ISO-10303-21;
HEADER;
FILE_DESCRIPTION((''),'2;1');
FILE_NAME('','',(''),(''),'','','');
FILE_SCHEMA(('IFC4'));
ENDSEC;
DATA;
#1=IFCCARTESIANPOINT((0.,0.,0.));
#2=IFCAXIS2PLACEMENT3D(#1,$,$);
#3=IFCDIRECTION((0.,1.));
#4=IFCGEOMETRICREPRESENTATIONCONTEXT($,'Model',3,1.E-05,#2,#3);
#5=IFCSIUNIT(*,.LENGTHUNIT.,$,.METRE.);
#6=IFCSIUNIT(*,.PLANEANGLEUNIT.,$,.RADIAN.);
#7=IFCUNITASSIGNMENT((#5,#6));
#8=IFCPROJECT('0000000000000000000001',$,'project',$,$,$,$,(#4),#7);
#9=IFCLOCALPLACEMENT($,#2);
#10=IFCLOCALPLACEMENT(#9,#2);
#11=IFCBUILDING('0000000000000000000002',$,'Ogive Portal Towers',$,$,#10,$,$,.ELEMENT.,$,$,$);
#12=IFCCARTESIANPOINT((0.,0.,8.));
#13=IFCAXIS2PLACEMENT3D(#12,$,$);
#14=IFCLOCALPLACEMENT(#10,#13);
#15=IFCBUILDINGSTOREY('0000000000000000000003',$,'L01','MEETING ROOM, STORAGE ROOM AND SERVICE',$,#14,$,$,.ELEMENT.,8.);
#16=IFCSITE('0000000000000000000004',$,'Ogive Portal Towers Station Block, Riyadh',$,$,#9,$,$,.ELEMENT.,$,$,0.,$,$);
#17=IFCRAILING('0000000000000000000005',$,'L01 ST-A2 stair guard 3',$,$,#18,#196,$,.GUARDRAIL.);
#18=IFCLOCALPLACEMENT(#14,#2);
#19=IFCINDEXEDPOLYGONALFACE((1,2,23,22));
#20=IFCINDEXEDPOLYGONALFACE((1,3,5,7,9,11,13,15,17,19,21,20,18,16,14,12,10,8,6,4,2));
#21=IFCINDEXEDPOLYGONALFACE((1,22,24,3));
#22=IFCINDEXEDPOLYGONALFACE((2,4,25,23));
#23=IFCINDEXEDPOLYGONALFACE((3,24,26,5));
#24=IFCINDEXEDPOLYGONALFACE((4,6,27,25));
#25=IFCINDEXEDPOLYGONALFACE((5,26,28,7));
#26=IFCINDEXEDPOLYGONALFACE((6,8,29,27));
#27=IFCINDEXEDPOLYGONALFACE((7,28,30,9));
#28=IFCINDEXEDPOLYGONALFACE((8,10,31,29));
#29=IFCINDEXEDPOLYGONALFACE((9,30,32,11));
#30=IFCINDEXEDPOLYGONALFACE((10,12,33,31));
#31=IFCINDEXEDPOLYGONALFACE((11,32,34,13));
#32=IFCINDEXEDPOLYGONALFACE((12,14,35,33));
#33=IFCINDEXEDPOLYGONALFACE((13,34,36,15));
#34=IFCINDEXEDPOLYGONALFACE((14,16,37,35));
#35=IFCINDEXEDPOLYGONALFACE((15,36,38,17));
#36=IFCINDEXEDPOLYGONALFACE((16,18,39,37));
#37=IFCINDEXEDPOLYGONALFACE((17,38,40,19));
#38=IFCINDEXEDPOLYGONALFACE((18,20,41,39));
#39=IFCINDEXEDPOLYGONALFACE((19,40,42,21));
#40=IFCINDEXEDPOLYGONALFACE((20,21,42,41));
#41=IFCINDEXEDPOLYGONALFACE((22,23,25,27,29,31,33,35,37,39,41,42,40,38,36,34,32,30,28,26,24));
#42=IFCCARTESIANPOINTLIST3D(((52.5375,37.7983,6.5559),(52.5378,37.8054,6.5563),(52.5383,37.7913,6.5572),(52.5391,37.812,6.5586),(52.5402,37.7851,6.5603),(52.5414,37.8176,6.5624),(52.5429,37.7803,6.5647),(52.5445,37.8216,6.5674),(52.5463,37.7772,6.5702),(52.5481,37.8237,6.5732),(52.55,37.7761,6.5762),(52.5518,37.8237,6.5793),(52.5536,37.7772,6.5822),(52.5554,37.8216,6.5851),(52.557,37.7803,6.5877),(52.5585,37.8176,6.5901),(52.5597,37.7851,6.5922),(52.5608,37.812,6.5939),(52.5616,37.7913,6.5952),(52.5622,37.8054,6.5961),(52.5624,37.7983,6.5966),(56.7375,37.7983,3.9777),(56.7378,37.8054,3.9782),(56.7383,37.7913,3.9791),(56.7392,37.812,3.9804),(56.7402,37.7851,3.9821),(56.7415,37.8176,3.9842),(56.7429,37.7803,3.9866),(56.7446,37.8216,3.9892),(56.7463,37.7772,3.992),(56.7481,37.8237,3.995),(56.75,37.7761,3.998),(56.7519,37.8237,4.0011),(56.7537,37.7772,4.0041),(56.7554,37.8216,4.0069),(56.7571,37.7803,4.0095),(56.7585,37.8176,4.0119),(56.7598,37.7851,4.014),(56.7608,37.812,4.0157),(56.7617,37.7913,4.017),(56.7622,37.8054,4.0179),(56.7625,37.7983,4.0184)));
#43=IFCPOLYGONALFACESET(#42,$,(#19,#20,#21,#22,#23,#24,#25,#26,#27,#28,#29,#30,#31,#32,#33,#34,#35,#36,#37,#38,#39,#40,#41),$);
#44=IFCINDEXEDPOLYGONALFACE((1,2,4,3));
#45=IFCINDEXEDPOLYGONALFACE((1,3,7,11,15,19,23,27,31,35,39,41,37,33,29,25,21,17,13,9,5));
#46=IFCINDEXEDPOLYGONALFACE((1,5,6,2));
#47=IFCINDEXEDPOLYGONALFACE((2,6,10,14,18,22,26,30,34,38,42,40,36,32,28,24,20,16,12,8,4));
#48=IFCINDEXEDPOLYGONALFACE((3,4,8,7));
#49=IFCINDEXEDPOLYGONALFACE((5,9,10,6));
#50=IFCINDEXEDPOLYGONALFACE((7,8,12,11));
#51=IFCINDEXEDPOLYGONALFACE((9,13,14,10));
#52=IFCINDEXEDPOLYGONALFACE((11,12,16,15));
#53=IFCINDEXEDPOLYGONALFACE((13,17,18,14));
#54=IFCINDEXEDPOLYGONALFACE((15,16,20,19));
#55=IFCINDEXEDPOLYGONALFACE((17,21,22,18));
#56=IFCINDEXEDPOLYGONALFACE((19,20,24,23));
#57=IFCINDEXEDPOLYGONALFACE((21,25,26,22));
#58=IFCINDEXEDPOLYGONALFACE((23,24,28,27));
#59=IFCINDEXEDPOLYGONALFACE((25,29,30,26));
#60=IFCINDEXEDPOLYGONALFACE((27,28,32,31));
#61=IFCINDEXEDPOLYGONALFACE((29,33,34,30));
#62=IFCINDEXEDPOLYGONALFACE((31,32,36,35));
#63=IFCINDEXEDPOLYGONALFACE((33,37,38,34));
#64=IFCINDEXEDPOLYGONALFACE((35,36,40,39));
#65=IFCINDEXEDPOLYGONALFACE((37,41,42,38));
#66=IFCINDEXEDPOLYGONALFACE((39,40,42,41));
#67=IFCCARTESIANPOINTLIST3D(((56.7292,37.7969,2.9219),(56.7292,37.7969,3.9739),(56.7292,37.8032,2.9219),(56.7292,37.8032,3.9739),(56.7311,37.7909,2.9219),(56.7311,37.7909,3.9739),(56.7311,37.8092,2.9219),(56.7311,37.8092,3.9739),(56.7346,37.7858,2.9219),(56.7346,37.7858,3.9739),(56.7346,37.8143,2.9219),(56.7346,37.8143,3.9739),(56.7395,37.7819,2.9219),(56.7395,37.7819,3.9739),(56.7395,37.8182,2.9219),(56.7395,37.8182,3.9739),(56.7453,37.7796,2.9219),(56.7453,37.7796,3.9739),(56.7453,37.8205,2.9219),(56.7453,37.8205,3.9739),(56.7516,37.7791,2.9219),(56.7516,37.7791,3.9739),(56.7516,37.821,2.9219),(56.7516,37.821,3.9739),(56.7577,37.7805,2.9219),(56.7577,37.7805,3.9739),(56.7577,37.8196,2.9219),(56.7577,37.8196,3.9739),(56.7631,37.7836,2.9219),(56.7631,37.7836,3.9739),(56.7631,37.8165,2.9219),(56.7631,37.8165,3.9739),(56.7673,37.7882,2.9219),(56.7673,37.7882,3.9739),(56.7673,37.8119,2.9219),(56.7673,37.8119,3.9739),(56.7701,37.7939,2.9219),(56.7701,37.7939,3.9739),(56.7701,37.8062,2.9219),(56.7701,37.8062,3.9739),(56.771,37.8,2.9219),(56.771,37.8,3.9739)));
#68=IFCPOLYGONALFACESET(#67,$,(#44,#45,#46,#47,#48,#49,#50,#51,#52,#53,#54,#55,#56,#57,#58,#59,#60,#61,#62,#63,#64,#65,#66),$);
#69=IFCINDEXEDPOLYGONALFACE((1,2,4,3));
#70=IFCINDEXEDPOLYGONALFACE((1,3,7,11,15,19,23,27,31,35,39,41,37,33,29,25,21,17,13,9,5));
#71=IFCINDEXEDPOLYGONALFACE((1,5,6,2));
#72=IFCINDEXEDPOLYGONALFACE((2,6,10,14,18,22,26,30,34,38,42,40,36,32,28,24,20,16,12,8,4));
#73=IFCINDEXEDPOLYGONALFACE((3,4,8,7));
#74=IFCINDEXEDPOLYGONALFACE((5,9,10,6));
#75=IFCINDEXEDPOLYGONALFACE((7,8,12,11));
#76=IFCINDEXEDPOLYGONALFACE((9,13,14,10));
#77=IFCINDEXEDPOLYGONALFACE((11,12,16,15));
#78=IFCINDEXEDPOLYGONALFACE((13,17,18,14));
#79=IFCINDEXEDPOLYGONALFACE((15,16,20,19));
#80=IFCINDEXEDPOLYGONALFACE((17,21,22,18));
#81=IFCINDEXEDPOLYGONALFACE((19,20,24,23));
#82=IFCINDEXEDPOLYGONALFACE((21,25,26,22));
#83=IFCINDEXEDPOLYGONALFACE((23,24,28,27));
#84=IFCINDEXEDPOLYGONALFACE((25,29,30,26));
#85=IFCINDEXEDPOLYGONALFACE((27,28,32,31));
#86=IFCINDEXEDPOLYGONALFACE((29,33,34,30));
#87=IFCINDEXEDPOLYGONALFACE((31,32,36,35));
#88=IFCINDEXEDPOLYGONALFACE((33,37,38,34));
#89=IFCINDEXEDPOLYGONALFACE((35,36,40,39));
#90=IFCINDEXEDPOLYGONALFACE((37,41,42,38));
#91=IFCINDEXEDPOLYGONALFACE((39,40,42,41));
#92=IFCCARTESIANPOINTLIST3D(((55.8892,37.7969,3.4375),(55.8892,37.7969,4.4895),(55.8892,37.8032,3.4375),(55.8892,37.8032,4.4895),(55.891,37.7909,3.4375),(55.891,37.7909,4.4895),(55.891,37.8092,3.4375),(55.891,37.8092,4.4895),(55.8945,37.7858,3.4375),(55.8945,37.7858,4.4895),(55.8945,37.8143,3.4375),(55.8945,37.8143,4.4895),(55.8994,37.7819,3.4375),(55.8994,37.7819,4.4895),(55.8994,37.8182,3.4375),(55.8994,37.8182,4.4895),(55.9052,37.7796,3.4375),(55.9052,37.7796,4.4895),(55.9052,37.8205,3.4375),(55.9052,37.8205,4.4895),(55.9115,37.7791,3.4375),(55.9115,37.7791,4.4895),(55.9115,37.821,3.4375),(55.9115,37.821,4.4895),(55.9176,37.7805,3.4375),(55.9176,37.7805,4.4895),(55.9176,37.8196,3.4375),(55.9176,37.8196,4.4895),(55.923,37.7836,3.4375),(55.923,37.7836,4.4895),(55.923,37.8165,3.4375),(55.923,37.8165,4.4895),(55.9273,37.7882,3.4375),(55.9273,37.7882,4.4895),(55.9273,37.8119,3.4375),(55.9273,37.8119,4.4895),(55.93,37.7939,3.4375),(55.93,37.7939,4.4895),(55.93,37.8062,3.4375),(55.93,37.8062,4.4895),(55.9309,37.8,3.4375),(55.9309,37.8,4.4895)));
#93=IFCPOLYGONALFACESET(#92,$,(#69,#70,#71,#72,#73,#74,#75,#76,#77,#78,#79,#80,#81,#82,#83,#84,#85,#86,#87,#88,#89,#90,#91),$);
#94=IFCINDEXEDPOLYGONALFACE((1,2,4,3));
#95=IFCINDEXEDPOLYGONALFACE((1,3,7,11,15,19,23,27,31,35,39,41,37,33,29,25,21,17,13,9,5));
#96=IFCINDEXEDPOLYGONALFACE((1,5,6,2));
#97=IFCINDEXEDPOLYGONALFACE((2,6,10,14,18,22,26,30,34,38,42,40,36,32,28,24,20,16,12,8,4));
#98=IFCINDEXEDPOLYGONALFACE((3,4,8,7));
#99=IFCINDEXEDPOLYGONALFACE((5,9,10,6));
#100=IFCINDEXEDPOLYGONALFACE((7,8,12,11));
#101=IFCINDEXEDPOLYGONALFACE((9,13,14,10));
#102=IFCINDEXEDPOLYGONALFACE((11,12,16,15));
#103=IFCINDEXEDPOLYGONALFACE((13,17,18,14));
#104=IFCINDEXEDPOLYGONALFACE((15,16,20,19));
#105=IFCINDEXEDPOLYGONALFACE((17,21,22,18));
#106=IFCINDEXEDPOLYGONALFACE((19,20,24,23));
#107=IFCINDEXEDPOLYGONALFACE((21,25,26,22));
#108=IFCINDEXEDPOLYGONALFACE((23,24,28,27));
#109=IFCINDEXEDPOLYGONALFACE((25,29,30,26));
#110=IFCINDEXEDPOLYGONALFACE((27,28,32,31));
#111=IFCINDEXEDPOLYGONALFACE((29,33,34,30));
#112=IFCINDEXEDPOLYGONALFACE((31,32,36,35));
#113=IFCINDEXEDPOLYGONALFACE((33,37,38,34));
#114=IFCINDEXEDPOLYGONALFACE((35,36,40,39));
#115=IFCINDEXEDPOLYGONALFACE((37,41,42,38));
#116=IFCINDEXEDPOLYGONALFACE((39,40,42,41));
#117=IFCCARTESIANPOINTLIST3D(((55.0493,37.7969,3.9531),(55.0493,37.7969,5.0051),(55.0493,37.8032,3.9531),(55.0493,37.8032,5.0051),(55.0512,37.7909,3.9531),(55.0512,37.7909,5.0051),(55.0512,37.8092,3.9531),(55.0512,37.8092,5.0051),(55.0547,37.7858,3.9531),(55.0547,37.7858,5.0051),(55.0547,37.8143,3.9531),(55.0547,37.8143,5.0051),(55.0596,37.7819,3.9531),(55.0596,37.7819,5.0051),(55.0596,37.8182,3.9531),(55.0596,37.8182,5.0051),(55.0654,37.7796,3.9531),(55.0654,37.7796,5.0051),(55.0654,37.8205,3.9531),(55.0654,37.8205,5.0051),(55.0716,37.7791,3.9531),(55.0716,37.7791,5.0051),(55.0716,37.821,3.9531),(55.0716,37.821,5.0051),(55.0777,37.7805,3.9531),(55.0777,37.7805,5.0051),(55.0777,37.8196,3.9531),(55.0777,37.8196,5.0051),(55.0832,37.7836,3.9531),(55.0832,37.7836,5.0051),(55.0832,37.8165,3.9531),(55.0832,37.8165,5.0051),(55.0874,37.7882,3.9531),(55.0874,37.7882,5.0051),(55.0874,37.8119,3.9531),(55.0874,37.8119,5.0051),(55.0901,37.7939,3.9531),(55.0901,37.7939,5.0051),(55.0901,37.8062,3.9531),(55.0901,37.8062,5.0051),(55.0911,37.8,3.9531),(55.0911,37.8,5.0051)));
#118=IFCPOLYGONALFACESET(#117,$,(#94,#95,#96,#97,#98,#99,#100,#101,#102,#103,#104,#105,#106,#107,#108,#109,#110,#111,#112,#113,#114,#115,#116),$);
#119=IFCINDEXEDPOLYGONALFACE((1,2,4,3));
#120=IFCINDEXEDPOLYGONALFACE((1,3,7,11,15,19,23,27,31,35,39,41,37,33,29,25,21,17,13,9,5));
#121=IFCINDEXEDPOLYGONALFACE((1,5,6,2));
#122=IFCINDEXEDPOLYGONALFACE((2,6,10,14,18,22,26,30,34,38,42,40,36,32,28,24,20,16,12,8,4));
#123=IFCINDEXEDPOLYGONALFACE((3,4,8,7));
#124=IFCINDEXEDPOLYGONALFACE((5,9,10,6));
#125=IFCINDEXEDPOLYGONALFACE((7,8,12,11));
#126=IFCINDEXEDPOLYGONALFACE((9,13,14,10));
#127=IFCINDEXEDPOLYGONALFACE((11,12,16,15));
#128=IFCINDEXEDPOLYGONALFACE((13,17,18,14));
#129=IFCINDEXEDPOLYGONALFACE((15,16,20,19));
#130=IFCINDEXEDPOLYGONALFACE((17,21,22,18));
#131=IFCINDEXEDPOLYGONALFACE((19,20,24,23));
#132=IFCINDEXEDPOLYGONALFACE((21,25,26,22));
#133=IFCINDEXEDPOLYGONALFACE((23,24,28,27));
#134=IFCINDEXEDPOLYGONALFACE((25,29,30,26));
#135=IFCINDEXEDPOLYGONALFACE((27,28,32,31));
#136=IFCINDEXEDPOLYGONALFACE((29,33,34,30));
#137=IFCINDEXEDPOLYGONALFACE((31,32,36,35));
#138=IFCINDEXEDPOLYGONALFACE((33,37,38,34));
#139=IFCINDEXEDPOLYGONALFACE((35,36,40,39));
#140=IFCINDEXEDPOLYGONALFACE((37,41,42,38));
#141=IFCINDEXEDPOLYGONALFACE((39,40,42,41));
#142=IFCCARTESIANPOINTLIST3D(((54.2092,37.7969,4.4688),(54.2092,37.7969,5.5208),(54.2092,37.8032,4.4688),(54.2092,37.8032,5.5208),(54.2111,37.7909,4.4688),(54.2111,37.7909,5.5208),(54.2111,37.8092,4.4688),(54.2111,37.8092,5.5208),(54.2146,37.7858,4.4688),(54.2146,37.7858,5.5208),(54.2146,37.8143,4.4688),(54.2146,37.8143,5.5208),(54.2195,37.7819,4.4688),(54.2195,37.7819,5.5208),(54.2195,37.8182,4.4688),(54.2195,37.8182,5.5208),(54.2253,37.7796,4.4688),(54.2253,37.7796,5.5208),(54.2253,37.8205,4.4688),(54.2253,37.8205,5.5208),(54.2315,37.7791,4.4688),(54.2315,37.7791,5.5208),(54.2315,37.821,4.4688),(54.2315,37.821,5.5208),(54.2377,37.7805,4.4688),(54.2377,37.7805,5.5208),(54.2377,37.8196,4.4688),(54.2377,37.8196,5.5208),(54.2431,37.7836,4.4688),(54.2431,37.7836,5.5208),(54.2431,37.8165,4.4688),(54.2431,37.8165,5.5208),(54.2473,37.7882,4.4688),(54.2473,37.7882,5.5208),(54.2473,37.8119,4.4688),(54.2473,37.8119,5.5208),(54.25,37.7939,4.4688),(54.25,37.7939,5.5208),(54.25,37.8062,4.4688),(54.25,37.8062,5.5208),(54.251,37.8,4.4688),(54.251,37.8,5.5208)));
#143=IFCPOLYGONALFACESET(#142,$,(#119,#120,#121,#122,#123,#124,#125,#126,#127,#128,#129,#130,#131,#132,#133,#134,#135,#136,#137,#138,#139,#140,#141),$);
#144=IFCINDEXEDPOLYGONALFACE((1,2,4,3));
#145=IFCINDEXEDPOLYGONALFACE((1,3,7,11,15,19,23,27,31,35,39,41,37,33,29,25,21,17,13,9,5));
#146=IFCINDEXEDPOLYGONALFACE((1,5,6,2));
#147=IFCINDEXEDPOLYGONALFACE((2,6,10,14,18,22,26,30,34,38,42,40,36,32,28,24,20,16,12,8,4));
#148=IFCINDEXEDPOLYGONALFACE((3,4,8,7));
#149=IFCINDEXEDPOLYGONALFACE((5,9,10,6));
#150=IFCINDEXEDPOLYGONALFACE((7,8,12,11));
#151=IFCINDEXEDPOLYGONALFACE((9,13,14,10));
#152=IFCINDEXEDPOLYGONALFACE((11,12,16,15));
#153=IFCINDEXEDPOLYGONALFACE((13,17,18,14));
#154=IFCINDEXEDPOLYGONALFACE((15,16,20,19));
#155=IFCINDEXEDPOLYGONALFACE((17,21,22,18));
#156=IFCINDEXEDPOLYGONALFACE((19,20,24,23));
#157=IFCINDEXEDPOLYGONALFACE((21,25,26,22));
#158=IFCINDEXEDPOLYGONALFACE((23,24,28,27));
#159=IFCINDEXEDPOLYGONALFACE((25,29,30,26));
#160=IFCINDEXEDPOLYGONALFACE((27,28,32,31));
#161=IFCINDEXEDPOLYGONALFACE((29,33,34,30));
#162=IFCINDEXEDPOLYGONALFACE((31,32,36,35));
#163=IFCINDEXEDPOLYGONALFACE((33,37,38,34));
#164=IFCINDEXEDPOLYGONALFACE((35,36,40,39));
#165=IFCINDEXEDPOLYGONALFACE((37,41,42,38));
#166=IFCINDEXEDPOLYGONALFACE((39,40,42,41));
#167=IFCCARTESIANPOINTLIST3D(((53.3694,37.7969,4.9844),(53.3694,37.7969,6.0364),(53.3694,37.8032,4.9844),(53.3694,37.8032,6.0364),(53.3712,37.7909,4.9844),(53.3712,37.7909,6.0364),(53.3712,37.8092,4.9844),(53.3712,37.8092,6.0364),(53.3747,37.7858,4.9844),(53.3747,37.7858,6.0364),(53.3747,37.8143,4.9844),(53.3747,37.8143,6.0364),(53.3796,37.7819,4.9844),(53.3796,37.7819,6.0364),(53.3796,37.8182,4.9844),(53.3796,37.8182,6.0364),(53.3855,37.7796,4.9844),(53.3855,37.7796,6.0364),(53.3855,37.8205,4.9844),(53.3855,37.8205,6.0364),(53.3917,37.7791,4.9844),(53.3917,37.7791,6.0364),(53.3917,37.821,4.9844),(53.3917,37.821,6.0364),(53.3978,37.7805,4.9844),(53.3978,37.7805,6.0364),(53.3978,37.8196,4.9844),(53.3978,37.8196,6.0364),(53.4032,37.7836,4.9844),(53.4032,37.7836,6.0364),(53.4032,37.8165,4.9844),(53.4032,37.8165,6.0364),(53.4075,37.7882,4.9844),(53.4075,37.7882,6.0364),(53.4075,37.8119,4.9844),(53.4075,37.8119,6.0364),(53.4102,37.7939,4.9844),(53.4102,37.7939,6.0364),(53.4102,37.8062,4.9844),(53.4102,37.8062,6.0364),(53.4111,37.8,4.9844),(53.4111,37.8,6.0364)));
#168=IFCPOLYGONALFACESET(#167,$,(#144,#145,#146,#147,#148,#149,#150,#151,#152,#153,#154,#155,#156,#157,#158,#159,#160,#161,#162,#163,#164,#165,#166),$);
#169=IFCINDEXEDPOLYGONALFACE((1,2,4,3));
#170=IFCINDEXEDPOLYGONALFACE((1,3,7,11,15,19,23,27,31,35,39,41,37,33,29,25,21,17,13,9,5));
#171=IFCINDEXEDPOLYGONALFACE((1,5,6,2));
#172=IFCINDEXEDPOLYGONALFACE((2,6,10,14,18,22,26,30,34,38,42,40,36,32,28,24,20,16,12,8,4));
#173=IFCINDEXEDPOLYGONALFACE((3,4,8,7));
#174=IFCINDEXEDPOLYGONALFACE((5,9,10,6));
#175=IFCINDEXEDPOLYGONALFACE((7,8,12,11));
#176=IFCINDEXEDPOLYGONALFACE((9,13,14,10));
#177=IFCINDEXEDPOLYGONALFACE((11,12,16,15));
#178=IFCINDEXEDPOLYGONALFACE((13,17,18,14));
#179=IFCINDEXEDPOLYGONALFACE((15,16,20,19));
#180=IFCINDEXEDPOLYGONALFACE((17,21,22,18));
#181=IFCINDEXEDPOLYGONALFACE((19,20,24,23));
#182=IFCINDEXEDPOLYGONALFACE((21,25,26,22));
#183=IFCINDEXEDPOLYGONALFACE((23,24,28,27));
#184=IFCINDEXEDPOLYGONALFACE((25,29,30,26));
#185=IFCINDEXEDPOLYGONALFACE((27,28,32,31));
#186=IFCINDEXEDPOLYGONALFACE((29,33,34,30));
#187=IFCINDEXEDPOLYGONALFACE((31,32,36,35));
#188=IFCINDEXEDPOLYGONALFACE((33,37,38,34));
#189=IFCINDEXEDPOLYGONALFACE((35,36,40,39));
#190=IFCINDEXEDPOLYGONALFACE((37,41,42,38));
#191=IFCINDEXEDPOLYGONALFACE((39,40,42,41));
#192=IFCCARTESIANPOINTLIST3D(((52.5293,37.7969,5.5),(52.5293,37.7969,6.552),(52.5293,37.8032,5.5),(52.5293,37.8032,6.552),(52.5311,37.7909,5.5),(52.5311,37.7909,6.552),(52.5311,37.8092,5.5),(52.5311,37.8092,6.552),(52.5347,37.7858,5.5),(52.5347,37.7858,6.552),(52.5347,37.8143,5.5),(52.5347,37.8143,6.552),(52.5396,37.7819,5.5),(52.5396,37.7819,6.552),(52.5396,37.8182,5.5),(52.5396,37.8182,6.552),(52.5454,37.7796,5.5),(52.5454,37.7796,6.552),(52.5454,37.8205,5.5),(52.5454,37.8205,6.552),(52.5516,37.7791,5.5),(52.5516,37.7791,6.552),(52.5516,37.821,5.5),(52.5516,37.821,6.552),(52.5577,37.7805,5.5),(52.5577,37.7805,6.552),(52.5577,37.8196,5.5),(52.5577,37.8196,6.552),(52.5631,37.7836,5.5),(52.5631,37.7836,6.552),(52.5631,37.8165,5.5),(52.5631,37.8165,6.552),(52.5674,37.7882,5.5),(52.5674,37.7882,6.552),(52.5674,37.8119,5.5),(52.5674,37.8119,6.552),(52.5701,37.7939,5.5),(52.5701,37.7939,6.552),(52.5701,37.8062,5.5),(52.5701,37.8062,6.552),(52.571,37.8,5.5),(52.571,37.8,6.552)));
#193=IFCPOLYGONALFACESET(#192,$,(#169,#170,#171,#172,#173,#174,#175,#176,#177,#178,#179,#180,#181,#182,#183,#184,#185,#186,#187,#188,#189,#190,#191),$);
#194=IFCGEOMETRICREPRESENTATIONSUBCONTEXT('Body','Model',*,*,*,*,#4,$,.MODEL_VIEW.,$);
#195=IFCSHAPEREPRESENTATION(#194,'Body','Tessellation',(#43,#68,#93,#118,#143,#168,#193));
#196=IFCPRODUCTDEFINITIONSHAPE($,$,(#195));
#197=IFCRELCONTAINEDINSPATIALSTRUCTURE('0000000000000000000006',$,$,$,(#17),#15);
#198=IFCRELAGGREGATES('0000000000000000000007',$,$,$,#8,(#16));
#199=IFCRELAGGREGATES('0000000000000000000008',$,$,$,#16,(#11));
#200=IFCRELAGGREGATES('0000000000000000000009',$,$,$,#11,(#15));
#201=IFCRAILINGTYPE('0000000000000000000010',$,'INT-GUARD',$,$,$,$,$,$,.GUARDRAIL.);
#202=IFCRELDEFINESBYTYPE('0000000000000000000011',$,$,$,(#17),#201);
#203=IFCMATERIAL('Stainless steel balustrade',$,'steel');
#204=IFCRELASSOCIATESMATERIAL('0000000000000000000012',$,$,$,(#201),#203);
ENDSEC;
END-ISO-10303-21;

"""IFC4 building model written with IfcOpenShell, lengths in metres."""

from ifc_helpers import new_model, si_unit, direction, frame, origin, origin_2d, place, context, subcontext, project, spatial, circle, extrude, material, type_object, element, save


model = new_model("IFC4")

# Units and contexts
model_context = context("Model", 3, precision=1e-05, world=origin(), true_north=direction((0.0, 1.0)))
body_context = subcontext(model_context, "Body", "Model", "MODEL_VIEW")
ifc_project = project(units=[si_unit("LENGTHUNIT", "METRE"), si_unit("PLANEANGLEUNIT", "RADIAN")], contexts=[model_context])

# Site, building, storey
site_placement = place(None, origin())
site = spatial("IfcSite", under=ifc_project, at=site_placement, Name="Ogive Portal Towers Station Block, Riyadh", CompositionType="ELEMENT", RefElevation=0.0)
building_placement = place(site_placement, origin())
building = spatial("IfcBuilding", under=site, at=building_placement, Name="Ogive Portal Towers", CompositionType="ELEMENT")
storey_placement = place(building_placement, frame((0.0, 0.0, 8.0)))
storey = spatial("IfcBuildingStorey", under=building, at=storey_placement, Name="L01", Description="MEETING ROOM, STORAGE ROOM AND SERVICE", CompositionType="ELEMENT", Elevation=8.0)

# Railing
ifc_material_1 = material(Name="Stainless steel balustrade", Category="steel")
railing_type_1 = type_object("IfcRailingType", Name="INT-GUARD", PredefinedType="GUARDRAIL", material=ifc_material_1)
railing_1_placement = place(storey_placement, frame((56.75, 37.8, 2.9219)))
element("IfcRailing", 1, at=railing_1_placement, inside=storey, type_object=railing_type_1, Name="L01 ST-A2 stair guard 3", PredefinedType="GUARDRAIL", context=body_context, shape_type="SweptSolid", body=[
    extrude(circle(Radius=0.0239, at=origin_2d()), frame((0.0, 0.0, 1.0762), z_axis=(-0.852243, 0.0, 0.523146), x_axis=(0.0, -1.0, 0.0)), (0.0, 0.0, 1.0), 4.9282),
    extrude(circle(Radius=0.021, at=origin_2d()), origin(), (0.0, 0.0, 1.0), 1.052),
    extrude(circle(Radius=0.021, at=origin_2d()), frame((-0.8401, 0.0, 0.5156)), (0.0, 0.0, 1.0), 1.052),
    extrude(circle(Radius=0.021, at=origin_2d()), frame((-1.6799, 0.0, 1.0312)), (0.0, 0.0, 1.0), 1.052),
    extrude(circle(Radius=0.021, at=origin_2d()), frame((-2.52, 0.0, 1.5469)), (0.0, 0.0, 1.0), 1.052),
    extrude(circle(Radius=0.021, at=origin_2d()), frame((-3.3599, 0.0, 2.0625)), (0.0, 0.0, 1.0), 1.052),
    extrude(circle(Radius=0.021, at=origin_2d()), frame((-4.2, 0.0, 2.5781)), (0.0, 0.0, 1.0), 1.052),
])

save(model, "model.ifc")
